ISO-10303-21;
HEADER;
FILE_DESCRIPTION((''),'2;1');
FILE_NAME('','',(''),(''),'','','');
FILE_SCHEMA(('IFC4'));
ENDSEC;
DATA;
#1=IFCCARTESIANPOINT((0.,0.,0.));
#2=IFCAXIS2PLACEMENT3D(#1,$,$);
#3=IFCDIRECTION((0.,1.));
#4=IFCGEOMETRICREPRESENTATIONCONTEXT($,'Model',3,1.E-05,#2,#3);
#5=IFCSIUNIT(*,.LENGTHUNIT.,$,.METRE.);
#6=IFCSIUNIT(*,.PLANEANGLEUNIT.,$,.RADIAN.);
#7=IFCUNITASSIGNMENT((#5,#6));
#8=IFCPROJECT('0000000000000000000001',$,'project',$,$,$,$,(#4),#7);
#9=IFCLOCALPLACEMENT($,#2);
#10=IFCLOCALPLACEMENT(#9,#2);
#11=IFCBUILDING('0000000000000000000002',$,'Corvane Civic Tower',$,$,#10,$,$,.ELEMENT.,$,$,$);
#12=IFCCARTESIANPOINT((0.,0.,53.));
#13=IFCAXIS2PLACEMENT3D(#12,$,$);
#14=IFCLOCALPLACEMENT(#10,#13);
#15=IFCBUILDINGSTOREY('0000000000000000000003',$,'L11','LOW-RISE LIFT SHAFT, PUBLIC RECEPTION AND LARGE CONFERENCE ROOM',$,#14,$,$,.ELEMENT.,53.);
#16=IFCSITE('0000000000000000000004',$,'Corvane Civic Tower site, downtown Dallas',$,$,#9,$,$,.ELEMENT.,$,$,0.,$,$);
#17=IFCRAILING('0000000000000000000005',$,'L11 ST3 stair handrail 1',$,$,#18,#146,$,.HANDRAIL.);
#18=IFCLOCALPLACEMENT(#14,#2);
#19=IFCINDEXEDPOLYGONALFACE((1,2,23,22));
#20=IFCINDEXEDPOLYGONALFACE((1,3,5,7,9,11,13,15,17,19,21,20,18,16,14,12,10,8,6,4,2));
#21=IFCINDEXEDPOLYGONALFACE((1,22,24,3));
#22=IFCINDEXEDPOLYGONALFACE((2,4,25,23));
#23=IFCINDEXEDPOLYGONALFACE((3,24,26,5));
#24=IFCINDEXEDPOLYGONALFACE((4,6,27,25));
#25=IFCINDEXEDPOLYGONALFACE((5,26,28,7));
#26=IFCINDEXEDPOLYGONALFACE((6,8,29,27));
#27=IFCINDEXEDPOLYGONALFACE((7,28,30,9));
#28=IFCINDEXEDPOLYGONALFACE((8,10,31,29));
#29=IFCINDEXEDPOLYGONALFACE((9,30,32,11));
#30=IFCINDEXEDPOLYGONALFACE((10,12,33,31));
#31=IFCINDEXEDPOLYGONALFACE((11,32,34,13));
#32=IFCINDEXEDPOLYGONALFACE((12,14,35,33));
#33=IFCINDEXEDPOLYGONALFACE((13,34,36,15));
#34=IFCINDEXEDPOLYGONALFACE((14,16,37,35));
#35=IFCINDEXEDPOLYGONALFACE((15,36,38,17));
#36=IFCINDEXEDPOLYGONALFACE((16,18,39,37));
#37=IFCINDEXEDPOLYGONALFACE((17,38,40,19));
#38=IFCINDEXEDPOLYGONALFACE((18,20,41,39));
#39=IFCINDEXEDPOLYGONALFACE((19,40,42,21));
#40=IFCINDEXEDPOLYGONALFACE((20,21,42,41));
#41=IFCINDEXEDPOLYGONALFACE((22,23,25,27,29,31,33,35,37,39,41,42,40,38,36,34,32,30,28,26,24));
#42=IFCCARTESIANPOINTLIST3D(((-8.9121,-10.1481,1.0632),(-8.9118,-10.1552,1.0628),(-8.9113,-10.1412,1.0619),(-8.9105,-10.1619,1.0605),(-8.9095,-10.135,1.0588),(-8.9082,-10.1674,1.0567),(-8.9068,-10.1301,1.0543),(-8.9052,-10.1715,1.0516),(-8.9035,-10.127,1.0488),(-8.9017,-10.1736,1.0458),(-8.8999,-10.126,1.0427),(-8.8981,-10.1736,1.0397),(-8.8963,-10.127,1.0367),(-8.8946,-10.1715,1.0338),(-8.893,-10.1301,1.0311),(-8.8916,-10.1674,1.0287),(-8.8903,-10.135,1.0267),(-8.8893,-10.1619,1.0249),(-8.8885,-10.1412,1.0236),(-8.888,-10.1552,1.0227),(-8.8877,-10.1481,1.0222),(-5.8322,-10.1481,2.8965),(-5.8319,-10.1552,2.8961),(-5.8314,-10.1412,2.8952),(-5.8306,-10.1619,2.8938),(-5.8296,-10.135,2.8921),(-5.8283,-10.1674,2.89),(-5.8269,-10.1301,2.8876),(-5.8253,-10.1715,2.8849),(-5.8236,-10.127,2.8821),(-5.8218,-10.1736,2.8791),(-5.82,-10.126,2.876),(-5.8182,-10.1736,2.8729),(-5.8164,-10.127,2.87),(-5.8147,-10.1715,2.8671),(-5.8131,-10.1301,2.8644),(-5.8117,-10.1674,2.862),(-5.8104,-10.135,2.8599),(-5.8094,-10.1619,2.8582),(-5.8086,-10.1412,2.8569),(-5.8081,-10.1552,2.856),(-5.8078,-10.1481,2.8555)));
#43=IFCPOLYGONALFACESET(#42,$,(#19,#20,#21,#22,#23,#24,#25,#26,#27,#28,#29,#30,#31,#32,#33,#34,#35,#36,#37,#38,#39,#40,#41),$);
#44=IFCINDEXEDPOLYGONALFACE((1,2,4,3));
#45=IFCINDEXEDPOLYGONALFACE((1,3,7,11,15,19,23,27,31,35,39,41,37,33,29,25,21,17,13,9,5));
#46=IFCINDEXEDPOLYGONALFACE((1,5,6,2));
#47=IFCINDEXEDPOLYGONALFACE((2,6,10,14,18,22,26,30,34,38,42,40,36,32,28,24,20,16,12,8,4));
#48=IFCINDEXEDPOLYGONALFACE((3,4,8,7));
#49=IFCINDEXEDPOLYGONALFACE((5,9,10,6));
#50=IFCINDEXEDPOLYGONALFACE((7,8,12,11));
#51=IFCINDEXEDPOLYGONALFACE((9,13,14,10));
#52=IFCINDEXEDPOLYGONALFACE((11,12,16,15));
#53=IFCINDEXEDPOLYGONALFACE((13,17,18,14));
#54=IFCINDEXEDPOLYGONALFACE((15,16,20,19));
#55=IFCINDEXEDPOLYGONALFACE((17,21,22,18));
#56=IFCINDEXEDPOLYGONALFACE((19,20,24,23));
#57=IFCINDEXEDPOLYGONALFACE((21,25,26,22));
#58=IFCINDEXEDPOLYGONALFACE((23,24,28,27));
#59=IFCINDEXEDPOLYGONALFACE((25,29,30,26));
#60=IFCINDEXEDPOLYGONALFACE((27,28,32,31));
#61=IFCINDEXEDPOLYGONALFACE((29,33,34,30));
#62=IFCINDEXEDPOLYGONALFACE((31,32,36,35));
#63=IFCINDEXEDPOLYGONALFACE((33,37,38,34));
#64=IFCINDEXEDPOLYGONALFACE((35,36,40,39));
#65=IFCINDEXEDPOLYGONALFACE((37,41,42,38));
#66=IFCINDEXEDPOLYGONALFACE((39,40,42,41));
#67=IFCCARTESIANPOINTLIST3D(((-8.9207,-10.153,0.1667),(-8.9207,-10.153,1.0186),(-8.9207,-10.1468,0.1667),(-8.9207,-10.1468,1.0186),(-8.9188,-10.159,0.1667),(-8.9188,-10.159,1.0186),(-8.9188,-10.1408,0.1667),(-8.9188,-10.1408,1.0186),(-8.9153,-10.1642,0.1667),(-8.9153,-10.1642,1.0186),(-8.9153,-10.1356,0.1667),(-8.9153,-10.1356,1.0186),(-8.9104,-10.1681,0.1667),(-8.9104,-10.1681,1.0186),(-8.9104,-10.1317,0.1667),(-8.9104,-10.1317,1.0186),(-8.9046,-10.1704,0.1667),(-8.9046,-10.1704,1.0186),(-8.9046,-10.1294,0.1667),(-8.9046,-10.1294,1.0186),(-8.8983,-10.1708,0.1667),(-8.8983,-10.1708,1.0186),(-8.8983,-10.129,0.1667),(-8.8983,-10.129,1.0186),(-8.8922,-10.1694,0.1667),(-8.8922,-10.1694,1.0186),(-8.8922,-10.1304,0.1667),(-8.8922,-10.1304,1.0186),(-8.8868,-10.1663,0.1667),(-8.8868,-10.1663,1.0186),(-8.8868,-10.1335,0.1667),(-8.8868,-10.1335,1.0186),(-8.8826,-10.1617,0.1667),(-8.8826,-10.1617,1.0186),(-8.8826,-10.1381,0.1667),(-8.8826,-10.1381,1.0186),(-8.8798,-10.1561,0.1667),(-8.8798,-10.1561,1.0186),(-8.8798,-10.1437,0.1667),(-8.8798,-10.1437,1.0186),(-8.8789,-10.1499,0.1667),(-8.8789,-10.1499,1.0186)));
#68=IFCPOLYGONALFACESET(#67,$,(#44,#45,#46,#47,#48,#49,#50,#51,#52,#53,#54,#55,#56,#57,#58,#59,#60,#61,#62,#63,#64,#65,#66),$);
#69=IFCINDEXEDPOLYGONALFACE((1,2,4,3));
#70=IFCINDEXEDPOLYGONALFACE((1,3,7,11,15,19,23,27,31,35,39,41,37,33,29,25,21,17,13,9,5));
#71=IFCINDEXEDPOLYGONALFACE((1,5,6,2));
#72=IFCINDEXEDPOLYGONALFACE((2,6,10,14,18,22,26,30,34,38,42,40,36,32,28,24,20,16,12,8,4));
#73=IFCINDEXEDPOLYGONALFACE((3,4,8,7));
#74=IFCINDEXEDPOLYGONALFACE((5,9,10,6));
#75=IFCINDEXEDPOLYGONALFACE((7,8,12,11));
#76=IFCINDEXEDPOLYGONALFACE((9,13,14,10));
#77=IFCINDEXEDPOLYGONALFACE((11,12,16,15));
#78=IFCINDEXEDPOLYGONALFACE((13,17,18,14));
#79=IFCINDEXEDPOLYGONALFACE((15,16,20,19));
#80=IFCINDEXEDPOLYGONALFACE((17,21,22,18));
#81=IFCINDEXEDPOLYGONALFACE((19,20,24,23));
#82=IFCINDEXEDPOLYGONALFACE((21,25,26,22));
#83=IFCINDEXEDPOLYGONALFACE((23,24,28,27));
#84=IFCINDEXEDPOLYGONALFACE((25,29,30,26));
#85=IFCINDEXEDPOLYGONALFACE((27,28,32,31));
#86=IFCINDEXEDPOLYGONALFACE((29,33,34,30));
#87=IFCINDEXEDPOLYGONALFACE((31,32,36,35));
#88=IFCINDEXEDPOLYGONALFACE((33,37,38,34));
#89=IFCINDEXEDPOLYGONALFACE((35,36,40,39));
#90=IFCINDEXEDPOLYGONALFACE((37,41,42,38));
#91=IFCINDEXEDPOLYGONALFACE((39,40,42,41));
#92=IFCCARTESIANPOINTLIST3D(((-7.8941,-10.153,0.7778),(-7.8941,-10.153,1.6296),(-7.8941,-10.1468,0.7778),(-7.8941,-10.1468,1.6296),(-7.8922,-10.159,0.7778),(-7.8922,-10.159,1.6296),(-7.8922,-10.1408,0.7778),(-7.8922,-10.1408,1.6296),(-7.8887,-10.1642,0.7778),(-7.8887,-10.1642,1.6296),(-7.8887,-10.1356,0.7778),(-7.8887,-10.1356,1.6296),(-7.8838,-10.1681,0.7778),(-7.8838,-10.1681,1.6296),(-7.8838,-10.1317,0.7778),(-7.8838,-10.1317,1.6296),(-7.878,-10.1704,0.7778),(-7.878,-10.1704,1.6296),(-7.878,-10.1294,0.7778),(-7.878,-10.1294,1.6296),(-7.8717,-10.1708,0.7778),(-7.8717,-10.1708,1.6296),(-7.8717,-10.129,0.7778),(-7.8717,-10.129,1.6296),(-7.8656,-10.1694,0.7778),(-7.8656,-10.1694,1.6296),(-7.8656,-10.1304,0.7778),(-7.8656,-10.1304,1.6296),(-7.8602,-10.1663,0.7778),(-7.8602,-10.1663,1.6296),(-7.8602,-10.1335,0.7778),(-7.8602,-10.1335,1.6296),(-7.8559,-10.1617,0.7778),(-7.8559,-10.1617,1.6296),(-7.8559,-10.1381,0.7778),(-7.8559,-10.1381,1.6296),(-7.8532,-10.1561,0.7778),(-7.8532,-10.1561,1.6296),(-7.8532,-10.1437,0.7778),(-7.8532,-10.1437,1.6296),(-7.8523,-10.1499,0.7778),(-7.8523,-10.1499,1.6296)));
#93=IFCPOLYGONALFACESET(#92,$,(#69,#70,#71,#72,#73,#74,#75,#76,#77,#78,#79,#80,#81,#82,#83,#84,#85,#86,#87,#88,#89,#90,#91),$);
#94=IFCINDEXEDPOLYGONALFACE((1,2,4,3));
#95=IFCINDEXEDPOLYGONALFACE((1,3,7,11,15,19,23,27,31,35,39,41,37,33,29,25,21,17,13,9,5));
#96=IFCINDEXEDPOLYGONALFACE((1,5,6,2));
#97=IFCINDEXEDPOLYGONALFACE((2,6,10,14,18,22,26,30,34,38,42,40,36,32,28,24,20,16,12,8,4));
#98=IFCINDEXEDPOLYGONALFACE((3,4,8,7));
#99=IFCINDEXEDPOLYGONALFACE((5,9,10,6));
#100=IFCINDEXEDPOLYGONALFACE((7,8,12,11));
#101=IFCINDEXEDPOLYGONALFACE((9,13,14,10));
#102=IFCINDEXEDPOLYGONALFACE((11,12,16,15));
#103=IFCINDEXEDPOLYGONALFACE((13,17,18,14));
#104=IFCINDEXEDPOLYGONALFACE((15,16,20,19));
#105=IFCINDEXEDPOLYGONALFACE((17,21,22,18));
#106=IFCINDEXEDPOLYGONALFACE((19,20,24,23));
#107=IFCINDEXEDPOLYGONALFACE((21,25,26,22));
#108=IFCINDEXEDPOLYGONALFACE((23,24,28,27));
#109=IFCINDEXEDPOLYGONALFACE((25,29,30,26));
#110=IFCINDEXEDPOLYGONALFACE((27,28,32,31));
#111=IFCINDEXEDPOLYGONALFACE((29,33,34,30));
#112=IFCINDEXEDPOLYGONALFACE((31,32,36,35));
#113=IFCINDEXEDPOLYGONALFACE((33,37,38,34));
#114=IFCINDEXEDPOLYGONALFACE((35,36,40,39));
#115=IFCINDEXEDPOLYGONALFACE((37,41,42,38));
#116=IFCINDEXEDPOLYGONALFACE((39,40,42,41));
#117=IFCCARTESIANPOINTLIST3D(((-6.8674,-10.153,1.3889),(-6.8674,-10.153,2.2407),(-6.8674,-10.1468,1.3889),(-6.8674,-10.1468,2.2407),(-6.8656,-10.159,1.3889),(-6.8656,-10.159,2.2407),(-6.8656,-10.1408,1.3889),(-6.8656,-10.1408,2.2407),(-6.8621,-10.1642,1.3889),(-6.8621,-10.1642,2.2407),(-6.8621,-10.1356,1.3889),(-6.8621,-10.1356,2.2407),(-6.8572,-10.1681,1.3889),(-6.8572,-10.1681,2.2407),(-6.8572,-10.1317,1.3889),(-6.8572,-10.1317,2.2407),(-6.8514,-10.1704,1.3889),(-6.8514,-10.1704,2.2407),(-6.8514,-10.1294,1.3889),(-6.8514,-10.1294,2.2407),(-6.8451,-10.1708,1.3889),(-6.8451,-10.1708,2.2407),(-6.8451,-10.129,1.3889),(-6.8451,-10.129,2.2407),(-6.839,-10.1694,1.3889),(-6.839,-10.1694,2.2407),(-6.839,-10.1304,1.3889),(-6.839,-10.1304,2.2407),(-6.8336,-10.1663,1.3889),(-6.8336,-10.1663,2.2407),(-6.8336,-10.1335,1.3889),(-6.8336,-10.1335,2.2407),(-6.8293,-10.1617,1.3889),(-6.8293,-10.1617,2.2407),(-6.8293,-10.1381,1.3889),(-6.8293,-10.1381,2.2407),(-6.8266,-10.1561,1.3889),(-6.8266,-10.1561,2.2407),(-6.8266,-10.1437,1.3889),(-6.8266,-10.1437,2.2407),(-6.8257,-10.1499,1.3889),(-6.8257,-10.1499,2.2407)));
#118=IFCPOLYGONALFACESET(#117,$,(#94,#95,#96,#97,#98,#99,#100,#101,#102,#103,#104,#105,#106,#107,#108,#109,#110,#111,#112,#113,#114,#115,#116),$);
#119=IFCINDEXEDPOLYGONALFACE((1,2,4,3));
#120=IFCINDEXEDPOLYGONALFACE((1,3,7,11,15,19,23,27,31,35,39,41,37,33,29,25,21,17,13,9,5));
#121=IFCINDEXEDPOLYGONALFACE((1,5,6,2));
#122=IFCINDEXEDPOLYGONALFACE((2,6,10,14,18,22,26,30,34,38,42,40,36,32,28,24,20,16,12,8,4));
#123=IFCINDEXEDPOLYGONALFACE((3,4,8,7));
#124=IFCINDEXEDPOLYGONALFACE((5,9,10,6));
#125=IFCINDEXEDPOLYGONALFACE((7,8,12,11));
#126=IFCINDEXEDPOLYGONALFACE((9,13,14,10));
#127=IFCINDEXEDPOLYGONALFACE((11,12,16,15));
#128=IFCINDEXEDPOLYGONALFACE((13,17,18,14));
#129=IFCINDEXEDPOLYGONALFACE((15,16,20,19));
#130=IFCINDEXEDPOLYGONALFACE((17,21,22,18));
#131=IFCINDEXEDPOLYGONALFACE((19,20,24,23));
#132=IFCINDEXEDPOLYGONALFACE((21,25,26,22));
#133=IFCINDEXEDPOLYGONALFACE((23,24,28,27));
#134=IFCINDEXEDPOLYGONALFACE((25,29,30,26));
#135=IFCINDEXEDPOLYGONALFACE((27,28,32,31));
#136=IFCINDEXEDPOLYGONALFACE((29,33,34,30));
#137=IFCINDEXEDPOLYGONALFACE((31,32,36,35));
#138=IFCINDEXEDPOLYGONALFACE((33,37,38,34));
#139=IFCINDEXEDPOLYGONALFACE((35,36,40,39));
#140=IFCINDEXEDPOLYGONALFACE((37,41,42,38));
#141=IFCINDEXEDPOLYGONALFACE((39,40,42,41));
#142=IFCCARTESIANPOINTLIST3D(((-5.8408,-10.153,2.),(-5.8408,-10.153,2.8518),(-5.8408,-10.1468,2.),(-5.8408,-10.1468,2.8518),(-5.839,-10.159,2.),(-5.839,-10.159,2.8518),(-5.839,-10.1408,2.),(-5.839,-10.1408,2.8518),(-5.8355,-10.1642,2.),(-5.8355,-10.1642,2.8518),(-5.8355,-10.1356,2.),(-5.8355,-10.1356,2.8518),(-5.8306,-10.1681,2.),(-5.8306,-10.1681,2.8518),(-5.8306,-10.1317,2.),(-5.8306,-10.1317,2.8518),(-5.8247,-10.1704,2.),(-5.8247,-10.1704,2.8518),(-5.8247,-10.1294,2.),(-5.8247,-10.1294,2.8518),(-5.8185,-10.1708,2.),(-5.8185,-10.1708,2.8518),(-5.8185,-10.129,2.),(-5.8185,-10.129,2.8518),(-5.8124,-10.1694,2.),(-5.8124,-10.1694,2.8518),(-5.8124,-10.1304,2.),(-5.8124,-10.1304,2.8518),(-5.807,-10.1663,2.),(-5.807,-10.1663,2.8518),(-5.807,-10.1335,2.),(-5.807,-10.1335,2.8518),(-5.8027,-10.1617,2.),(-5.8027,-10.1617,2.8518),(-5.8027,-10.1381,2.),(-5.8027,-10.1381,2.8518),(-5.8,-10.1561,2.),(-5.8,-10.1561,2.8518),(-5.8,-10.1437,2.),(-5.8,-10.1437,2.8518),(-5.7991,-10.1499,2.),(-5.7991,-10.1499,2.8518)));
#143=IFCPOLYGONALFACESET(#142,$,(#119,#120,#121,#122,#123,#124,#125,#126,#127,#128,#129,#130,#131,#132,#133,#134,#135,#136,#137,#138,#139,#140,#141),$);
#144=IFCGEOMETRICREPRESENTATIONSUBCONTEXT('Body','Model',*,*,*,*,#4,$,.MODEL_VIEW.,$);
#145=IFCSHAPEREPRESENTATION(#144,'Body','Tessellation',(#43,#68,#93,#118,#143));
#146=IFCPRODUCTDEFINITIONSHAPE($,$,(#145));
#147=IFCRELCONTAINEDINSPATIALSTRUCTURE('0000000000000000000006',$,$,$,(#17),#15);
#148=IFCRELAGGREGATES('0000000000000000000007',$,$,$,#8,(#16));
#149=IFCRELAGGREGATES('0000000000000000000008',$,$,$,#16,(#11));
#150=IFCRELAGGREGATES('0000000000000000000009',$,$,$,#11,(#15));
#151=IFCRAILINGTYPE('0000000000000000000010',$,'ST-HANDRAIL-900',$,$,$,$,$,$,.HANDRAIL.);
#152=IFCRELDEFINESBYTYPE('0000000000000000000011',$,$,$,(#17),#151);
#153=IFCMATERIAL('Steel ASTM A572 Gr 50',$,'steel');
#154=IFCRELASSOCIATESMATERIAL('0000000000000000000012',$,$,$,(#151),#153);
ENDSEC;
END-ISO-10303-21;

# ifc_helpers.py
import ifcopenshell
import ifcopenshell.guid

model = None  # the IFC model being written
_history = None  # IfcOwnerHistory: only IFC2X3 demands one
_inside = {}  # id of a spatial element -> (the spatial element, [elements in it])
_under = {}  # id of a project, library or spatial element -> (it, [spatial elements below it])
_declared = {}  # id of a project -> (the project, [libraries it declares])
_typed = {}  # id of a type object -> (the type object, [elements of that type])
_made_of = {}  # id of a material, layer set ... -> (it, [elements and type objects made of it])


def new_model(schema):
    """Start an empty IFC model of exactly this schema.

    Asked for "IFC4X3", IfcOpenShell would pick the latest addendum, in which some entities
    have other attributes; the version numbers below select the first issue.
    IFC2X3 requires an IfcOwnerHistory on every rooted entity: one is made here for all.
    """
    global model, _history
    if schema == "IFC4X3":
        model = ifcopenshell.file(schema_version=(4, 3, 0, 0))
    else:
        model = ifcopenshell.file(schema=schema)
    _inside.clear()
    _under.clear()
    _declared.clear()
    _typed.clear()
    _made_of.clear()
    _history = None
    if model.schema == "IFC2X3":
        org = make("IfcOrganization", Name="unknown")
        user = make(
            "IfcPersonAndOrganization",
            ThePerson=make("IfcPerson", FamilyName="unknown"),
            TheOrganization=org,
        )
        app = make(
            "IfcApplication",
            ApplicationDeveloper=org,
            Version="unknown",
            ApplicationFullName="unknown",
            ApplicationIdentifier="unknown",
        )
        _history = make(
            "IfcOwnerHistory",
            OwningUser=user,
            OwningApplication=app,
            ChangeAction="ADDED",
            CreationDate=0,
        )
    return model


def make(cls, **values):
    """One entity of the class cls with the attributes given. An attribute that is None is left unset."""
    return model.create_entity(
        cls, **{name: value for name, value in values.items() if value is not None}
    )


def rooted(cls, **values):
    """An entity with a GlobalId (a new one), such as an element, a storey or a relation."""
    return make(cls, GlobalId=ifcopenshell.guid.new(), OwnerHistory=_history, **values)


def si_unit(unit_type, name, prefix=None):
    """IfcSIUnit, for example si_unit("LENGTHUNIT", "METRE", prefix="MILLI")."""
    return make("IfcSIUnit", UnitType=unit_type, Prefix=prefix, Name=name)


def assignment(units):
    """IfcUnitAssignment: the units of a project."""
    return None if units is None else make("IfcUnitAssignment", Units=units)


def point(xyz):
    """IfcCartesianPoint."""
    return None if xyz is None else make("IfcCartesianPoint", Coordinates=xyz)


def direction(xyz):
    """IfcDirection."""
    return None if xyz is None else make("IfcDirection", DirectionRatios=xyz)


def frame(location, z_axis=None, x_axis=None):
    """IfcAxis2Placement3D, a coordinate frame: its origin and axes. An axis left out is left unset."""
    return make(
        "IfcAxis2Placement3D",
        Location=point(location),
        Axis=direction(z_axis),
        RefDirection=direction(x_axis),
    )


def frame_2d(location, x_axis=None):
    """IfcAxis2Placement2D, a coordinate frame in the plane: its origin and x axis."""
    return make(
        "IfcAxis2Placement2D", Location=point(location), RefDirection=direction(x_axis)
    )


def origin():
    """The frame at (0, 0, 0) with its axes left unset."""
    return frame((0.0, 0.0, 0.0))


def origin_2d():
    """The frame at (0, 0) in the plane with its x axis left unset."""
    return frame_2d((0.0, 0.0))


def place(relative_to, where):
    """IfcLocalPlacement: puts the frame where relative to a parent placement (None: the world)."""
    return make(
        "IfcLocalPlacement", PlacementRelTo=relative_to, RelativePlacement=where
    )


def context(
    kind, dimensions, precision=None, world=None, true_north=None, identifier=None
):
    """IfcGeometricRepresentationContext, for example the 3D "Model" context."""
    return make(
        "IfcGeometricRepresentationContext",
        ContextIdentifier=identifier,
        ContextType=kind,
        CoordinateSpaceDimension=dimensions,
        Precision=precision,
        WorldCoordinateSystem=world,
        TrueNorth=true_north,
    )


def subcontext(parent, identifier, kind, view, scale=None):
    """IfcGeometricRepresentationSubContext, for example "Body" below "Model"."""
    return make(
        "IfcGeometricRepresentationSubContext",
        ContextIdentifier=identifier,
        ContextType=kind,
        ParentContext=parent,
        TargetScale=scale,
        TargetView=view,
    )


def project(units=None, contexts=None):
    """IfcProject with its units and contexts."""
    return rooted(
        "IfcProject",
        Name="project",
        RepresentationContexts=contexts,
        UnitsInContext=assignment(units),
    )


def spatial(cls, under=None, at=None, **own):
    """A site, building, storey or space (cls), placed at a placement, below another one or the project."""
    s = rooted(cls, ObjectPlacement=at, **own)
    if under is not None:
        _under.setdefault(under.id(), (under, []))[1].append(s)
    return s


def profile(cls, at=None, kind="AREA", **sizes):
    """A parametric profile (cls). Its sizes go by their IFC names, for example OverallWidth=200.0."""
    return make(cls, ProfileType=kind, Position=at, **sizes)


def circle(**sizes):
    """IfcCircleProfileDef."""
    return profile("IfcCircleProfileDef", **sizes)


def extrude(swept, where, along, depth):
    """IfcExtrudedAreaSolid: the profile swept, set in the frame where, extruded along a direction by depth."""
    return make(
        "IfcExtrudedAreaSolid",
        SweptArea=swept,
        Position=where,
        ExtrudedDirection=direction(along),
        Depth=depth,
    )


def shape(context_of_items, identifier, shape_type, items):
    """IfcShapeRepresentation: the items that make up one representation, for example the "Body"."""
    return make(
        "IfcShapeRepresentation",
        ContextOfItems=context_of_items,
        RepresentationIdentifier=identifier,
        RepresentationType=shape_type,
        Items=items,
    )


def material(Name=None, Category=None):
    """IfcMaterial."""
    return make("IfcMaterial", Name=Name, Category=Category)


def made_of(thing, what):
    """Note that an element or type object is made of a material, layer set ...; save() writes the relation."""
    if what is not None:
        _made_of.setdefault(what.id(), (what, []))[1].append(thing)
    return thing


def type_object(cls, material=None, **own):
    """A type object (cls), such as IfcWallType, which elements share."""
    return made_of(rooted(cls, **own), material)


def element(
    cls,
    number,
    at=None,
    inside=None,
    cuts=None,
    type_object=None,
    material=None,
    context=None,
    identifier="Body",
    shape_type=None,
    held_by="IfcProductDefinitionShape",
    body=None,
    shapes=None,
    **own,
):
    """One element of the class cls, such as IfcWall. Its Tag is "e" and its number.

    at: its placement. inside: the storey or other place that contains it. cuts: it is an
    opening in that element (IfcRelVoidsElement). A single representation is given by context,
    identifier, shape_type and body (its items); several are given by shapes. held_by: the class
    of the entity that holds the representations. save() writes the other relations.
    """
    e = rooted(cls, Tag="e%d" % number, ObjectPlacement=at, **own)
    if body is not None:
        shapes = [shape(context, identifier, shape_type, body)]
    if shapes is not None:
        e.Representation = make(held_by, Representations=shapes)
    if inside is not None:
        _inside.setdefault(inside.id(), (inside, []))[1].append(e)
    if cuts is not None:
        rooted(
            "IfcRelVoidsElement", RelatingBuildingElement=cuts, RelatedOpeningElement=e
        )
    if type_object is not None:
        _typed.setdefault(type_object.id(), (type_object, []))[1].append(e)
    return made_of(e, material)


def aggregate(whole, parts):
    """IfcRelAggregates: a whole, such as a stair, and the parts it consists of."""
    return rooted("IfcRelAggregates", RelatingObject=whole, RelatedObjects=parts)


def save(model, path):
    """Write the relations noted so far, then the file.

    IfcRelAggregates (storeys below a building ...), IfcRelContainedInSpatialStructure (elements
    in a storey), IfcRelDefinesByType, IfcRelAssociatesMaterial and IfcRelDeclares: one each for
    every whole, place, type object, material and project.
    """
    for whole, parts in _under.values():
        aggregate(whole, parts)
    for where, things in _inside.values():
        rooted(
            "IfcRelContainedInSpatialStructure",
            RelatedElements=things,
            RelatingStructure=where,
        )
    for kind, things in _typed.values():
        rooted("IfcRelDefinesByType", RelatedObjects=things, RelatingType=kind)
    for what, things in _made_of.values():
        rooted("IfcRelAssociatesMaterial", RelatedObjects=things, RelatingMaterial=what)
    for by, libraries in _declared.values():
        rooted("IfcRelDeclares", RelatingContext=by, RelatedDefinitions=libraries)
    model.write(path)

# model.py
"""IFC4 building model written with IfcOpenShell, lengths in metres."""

from ifc_helpers import new_model, si_unit, direction, frame, origin, origin_2d, place, context, subcontext, project, spatial, circle, extrude, material, type_object, element, save


model = new_model("IFC4")

# Units and contexts
model_context = context("Model", 3, precision=1e-05, world=origin(), true_north=direction((0.0, 1.0)))
body_context = subcontext(model_context, "Body", "Model", "MODEL_VIEW")
ifc_project = project(units=[si_unit("LENGTHUNIT", "METRE"), si_unit("PLANEANGLEUNIT", "RADIAN")], contexts=[model_context])

# Site, building, storey
site_placement = place(None, origin())
site = spatial("IfcSite", under=ifc_project, at=site_placement, Name="Corvane Civic Tower site, downtown Dallas", CompositionType="ELEMENT", RefElevation=0.0)
building_placement = place(site_placement, origin())
building = spatial("IfcBuilding", under=site, at=building_placement, Name="Corvane Civic Tower", CompositionType="ELEMENT")
storey_placement = place(building_placement, frame((0.0, 0.0, 53.0)))
storey = spatial("IfcBuildingStorey", under=building, at=storey_placement, Name="L11", Description="LOW-RISE LIFT SHAFT, PUBLIC RECEPTION AND LARGE CONFERENCE ROOM", CompositionType="ELEMENT", Elevation=53.0)

# Railing
ifc_material_1 = material(Name="Steel ASTM A572 Gr 50", Category="steel")
railing_type = type_object("IfcRailingType", Name="ST-HANDRAIL-900", PredefinedType="HANDRAIL", material=ifc_material_1)
railing_placement = place(storey_placement, frame((-8.8999, -10.1499, 0.1667)))
element("IfcRailing", 1, at=railing_placement, inside=storey, type_object=railing_type, Name="L11 ST3 stair handrail 1", PredefinedType="HANDRAIL", context=body_context, shape_type="SweptSolid", body=[
    extrude(circle(Radius=0.0239, at=origin_2d()), frame((0.0, 0.0, 0.876), z_axis=(0.859291, 0.0, 0.511487), x_axis=(0.0, 1.0, 0.0)), (0.0, 0.0, 1.0), 3.5842),
    extrude(circle(Radius=0.021, at=origin_2d()), origin(), (0.0, 0.0, 1.0), 0.8518),
    extrude(circle(Radius=0.021, at=origin_2d()), frame((1.0266, 0.0, 0.6111)), (0.0, 0.0, 1.0), 0.8518),
    extrude(circle(Radius=0.021, at=origin_2d()), frame((2.0532, 0.0, 1.2222)), (0.0, 0.0, 1.0), 0.8518),
    extrude(circle(Radius=0.021, at=origin_2d()), frame((3.0798, 0.0, 1.8333)), (0.0, 0.0, 1.0), 0.8518),
])

save(model, "model.ifc")
